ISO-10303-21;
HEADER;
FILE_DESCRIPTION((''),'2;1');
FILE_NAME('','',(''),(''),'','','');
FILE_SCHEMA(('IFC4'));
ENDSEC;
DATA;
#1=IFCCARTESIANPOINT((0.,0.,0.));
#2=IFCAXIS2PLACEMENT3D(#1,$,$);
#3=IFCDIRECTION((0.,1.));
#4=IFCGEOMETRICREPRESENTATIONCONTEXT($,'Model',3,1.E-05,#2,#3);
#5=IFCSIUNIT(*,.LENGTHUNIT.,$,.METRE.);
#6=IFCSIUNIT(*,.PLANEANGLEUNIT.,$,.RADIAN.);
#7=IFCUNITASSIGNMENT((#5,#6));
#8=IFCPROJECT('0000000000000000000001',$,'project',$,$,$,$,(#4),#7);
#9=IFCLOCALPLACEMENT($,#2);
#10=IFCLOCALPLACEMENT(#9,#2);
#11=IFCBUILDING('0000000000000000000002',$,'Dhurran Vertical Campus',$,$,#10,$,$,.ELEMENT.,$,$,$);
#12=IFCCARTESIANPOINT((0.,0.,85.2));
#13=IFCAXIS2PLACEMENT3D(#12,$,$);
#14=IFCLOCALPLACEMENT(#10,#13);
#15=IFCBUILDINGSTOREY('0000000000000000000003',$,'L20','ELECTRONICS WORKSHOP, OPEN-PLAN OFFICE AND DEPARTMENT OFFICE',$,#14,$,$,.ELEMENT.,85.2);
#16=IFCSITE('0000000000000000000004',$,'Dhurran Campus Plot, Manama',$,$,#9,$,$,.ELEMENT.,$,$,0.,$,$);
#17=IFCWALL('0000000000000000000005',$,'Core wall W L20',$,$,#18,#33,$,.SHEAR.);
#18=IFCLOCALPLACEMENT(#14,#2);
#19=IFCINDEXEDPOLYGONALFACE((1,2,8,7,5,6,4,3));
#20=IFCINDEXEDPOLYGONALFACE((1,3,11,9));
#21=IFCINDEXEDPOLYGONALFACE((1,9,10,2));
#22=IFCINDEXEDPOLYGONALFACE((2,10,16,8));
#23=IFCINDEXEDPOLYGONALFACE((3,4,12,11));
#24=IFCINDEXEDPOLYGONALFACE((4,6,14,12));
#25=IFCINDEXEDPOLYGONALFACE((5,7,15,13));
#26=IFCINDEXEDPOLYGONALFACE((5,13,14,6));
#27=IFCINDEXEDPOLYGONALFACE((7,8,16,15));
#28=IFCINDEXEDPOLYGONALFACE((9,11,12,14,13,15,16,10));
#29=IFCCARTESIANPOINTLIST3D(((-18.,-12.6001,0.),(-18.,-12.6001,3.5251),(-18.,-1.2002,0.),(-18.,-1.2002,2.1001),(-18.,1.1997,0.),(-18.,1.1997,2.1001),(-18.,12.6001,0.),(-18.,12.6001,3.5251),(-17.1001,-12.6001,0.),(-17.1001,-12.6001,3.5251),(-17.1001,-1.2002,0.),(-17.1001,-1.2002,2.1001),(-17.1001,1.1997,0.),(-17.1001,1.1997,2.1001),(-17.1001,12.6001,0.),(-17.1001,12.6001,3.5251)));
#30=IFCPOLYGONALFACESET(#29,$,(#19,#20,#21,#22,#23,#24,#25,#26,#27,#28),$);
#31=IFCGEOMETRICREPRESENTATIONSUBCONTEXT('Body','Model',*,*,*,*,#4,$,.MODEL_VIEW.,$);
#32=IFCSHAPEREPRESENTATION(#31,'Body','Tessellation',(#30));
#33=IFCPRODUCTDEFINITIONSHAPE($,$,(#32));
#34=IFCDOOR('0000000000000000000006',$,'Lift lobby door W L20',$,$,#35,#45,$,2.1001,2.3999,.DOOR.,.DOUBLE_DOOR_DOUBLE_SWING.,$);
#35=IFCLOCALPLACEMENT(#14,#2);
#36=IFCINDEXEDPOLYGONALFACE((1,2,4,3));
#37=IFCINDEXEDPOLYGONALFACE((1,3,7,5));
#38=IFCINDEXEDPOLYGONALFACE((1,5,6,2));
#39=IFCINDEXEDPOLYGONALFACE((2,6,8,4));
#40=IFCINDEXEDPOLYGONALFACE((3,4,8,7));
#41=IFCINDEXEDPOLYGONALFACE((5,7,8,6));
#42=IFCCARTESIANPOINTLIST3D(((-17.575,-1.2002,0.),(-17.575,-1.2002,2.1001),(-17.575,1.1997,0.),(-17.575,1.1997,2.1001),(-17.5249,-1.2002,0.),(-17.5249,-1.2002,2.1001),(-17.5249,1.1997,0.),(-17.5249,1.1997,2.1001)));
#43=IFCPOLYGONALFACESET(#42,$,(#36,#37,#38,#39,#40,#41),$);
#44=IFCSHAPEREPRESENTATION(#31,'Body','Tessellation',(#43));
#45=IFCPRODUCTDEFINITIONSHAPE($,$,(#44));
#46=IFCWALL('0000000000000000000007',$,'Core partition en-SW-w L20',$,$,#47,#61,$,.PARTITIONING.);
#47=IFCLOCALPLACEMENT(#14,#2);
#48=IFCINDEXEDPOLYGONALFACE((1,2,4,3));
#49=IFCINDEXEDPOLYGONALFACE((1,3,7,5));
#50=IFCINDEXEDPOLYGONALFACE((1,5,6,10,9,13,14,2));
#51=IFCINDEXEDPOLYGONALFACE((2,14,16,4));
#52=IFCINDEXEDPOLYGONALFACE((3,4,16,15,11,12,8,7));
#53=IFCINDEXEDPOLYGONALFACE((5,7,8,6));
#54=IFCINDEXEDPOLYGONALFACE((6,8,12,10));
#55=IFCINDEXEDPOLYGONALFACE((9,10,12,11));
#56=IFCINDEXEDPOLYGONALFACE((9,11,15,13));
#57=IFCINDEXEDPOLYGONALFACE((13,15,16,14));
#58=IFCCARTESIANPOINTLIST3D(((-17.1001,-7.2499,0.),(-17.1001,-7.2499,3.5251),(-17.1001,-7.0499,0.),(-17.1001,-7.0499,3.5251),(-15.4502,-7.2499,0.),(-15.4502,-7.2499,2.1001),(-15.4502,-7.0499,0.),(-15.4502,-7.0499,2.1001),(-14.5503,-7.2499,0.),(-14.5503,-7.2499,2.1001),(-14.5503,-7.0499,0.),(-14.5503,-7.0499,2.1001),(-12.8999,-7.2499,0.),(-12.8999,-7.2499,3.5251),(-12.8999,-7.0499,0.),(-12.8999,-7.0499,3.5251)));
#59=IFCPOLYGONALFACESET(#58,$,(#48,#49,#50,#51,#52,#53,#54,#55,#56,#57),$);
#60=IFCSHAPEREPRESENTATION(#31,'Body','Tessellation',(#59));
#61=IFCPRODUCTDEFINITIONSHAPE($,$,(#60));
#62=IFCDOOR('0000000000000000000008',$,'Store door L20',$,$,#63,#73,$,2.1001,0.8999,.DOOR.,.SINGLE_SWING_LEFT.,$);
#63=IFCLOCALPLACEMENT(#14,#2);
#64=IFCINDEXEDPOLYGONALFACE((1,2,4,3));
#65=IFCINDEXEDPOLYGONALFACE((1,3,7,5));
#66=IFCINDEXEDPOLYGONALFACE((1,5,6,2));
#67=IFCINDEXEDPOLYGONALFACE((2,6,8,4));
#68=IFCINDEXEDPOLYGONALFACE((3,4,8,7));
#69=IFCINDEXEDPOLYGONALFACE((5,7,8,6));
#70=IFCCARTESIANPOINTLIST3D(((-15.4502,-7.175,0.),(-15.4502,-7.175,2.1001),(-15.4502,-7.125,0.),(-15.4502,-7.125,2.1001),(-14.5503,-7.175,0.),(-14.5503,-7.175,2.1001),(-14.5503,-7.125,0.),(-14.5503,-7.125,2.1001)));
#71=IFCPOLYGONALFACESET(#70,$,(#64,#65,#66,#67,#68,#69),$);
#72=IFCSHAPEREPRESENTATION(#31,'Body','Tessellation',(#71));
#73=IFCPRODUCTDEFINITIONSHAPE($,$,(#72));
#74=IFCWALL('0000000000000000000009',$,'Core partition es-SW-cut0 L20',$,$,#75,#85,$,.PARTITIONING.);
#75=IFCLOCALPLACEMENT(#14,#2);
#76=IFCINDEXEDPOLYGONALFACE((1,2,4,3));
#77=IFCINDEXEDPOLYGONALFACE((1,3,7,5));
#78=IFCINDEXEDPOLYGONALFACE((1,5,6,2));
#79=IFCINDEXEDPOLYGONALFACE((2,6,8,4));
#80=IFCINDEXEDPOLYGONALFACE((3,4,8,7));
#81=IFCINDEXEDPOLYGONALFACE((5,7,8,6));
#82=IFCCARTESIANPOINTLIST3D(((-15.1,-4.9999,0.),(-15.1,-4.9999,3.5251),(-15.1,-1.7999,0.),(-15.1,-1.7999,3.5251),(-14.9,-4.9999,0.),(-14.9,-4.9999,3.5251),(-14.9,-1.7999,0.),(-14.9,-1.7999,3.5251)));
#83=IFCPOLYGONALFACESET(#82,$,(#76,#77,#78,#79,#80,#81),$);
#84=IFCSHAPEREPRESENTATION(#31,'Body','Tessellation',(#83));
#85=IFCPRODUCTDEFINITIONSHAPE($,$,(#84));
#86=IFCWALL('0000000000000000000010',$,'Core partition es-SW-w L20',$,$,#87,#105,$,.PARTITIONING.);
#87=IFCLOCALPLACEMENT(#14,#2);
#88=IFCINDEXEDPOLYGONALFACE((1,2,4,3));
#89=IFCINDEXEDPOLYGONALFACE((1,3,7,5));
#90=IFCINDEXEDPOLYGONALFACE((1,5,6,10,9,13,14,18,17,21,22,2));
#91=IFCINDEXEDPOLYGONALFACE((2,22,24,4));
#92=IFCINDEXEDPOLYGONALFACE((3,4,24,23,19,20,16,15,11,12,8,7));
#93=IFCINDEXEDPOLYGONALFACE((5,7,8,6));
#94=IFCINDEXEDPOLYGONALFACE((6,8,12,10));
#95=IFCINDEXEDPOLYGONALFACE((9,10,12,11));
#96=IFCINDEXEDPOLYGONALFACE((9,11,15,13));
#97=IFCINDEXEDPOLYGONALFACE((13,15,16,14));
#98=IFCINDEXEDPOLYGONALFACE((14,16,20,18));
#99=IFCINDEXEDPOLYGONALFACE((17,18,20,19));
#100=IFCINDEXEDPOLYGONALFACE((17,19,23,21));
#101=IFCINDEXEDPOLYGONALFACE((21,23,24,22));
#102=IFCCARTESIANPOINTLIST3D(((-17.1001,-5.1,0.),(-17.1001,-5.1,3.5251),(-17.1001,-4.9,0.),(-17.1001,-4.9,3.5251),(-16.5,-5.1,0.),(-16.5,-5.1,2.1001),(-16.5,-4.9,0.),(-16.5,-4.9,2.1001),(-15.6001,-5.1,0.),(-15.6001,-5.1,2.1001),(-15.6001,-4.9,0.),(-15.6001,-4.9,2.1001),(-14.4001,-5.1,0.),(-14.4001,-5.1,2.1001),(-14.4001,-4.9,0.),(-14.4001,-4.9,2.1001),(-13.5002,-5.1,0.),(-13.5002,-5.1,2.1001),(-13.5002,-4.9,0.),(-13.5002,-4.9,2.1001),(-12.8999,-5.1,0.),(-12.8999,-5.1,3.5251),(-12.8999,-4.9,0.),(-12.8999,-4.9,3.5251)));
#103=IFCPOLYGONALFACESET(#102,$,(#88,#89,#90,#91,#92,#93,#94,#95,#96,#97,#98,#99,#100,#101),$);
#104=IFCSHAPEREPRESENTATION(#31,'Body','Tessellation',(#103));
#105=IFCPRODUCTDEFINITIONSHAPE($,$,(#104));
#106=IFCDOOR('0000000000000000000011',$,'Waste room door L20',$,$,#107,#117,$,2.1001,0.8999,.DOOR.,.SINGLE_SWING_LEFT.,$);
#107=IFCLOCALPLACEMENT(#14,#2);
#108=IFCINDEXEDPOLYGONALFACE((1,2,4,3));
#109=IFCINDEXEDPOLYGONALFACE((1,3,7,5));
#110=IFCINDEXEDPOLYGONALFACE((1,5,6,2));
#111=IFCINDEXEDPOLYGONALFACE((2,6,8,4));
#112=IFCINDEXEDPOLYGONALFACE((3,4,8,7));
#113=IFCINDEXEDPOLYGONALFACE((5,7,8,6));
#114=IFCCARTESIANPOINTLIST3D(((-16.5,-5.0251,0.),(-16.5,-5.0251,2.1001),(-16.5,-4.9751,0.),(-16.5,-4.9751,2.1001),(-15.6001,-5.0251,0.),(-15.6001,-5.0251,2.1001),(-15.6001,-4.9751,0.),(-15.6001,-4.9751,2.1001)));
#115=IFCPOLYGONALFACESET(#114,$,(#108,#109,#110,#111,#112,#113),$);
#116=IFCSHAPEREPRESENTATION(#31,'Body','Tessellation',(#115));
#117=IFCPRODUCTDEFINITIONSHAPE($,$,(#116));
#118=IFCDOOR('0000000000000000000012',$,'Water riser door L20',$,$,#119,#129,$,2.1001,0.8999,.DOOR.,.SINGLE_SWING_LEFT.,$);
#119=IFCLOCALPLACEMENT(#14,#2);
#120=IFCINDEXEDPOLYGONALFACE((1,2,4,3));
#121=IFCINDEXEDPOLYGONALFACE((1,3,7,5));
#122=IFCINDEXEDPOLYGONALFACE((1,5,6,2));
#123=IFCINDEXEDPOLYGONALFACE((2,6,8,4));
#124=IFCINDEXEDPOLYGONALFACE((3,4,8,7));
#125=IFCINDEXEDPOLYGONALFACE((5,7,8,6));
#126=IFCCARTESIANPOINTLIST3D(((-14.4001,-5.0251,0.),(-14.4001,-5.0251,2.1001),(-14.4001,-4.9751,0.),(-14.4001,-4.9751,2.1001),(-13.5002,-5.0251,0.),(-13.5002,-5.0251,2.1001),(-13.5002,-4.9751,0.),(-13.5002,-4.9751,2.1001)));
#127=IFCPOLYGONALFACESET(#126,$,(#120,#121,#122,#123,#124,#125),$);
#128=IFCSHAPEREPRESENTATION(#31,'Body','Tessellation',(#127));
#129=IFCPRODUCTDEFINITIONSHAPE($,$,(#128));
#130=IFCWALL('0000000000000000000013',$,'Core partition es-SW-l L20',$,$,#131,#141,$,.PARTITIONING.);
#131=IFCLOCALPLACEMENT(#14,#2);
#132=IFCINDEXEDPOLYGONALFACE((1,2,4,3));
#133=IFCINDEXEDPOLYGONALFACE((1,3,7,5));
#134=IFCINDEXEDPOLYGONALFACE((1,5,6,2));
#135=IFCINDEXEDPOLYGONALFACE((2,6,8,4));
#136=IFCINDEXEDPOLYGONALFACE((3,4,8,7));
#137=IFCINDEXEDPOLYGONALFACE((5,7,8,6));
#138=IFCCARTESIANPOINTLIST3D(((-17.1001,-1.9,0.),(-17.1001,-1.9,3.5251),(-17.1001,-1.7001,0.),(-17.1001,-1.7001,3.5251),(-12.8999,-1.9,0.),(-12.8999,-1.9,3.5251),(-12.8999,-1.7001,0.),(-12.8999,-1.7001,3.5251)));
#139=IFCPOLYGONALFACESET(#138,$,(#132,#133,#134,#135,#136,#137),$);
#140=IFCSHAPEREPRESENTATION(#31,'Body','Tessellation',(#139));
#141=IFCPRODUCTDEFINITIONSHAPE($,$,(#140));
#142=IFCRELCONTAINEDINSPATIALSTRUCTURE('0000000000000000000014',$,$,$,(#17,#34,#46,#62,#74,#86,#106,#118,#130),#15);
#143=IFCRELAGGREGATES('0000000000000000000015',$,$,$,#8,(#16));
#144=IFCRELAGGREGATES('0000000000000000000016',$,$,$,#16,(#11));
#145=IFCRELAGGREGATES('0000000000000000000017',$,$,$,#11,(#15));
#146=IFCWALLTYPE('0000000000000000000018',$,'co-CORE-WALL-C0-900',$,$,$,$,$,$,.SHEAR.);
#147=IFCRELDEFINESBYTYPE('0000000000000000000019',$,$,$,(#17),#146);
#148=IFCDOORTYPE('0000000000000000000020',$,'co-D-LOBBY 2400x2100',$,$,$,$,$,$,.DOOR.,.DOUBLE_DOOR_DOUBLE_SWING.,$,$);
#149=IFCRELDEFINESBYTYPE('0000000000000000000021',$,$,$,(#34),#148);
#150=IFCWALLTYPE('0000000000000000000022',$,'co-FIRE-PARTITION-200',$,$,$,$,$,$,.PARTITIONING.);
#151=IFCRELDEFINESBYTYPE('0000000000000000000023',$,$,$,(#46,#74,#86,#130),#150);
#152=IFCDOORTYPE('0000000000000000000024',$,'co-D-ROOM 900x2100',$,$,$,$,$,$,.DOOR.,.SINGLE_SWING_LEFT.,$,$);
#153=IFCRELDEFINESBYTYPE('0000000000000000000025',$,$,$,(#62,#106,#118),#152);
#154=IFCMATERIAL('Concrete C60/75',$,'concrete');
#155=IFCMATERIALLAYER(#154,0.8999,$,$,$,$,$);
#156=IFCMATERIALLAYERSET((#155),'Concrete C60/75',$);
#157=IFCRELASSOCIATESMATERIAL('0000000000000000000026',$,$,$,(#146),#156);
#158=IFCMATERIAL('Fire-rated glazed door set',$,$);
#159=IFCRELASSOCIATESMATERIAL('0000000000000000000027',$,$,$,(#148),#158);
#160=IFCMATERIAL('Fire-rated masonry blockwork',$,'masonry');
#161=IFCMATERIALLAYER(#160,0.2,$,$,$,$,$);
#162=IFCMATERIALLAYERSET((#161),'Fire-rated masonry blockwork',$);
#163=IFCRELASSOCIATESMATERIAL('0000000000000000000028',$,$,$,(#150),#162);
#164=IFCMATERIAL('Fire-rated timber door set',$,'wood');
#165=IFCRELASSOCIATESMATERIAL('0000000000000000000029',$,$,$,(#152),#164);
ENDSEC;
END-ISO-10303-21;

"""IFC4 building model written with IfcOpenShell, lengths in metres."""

from ifc_helpers import new_model, si_unit, direction, frame, frame_2d, origin, place, context, subcontext, project, spatial, rectangle, extrude, material, layer, layer_set, type_object, element, fill, save


model = new_model("IFC4")

# Units and contexts
model_context = context("Model", 3, precision=1e-05, world=origin(), true_north=direction((0.0, 1.0)))
body_context = subcontext(model_context, "Body", "Model", "MODEL_VIEW")
ifc_project = project(units=[si_unit("LENGTHUNIT", "METRE"), si_unit("PLANEANGLEUNIT", "RADIAN")], contexts=[model_context])

# Site, building, storey
site_placement = place(None, origin())
site = spatial("IfcSite", under=ifc_project, at=site_placement, Name="Dhurran Campus Plot, Manama", CompositionType="ELEMENT", RefElevation=0.0)
building_placement = place(site_placement, origin())
building = spatial("IfcBuilding", under=site, at=building_placement, Name="Dhurran Vertical Campus", CompositionType="ELEMENT")
storey_placement = place(building_placement, frame((0.0, 0.0, 85.2)))
storey = spatial("IfcBuildingStorey", under=building, at=storey_placement, Name="L20", Description="ELECTRONICS WORKSHOP, OPEN-PLAN OFFICE AND DEPARTMENT OFFICE", CompositionType="ELEMENT", Elevation=85.2)

# Walls, openings, doors
ifc_material_1 = material(Name="Concrete C60/75", Category="concrete")
ifc_layer_1 = layer(ifc_material_1, 0.8999)
ifc_layer_set_1 = layer_set([ifc_layer_1], Name="Concrete C60/75")
wall_type_1 = type_object("IfcWallType", Name="co-CORE-WALL-C0-900", PredefinedType="SHEAR", material=ifc_layer_set_1)
wall_1_placement = place(storey_placement, frame((-17.55, -12.6001, 0.0), z_axis=(0.0, 0.0, 1.0), x_axis=(0.0, 1.0, 0.0)))
wall_1 = element("IfcWall", 1, at=wall_1_placement, inside=storey, type_object=wall_type_1, Name="Core wall W L20", PredefinedType="SHEAR", context=body_context, shape_type="SweptSolid", body=[
    extrude(rectangle(XDim=25.2002, YDim=0.8999, at=frame_2d((12.6001, 0.0))), origin(), (0.0, 0.0, 1.0), 3.5251),
])
opening_1_placement = place(wall_1_placement, frame((11.3999, 0.0, 0.0)))
opening_1 = element("IfcOpeningElement", 2, at=opening_1_placement, cuts=wall_1, PredefinedType="OPENING", context=body_context, shape_type="SweptSolid", body=[
    extrude(rectangle(XDim=2.3999, YDim=2.1001, at=frame_2d((1.2, 1.05))), frame((0.0, 0.46, 0.0), z_axis=(0.0, -1.0, 0.0), x_axis=(1.0, 0.0, 0.0)), (0.0, 0.0, 1.0), 0.9199),
])
ifc_material_2 = material(Name="Fire-rated glazed door set")
door_type_1 = type_object("IfcDoorType", Name="co-D-LOBBY 2400x2100", OperationType="DOUBLE_DOOR_DOUBLE_SWING", PredefinedType="DOOR", material=ifc_material_2)
door_1_placement = place(opening_1_placement, origin())
door_1 = element("IfcDoor", 3, at=door_1_placement, inside=storey, type_object=door_type_1, Name="Lift lobby door W L20", OperationType="DOUBLE_DOOR_DOUBLE_SWING", OverallHeight=2.1001, OverallWidth=2.3999, PredefinedType="DOOR", context=body_context, shape_type="SweptSolid", body=[
    extrude(rectangle(XDim=2.3999, YDim=2.1001, at=frame_2d((1.2, 1.05))), frame((0.0, 0.0249, 0.0), z_axis=(0.0, -1.0, 0.0), x_axis=(1.0, 0.0, 0.0)), (0.0, 0.0, 1.0), 0.05),
])
fill(opening_1, door_1)
ifc_material_3 = material(Name="Fire-rated masonry blockwork", Category="masonry")
ifc_layer_2 = layer(ifc_material_3, 0.2)
ifc_layer_set_2 = layer_set([ifc_layer_2], Name="Fire-rated masonry blockwork")
wall_type_2 = type_object("IfcWallType", Name="co-FIRE-PARTITION-200", PredefinedType="PARTITIONING", material=ifc_layer_set_2)
wall_2_placement = place(storey_placement, frame((-17.1001, -7.1499, 0.0), z_axis=(0.0, 0.0, 1.0), x_axis=(1.0, 0.0, 0.0)))
wall_2 = element("IfcWall", 4, at=wall_2_placement, inside=storey, type_object=wall_type_2, Name="Core partition en-SW-w L20", PredefinedType="PARTITIONING", context=body_context, shape_type="SweptSolid", body=[
    extrude(rectangle(XDim=4.2002, YDim=0.2, at=frame_2d((2.1001, 0.0))), origin(), (0.0, 0.0, 1.0), 3.5251),
])
opening_2_placement = place(wall_2_placement, frame((1.6499, 0.0, 0.0)))
opening_2 = element("IfcOpeningElement", 5, at=opening_2_placement, cuts=wall_2, PredefinedType="OPENING", context=body_context, shape_type="SweptSolid", body=[
    extrude(rectangle(XDim=0.8999, YDim=2.1001, at=frame_2d((0.45, 1.05))), frame((0.0, 0.1099, 0.0), z_axis=(0.0, -1.0, 0.0), x_axis=(1.0, 0.0, 0.0)), (0.0, 0.0, 1.0), 0.22),
])
ifc_material_4 = material(Name="Fire-rated timber door set", Category="wood")
door_type_2 = type_object("IfcDoorType", Name="co-D-ROOM 900x2100", OperationType="SINGLE_SWING_LEFT", PredefinedType="DOOR", material=ifc_material_4)
door_2_placement = place(opening_2_placement, origin())
door_2 = element("IfcDoor", 6, at=door_2_placement, inside=storey, type_object=door_type_2, Name="Store door L20", OperationType="SINGLE_SWING_LEFT", OverallHeight=2.1001, OverallWidth=0.8999, PredefinedType="DOOR", context=body_context, shape_type="SweptSolid", body=[
    extrude(rectangle(XDim=0.8999, YDim=2.1001, at=frame_2d((0.45, 1.05))), frame((0.0, 0.0249, 0.0), z_axis=(0.0, -1.0, 0.0), x_axis=(1.0, 0.0, 0.0)), (0.0, 0.0, 1.0), 0.05),
])
fill(opening_2, door_2)

# Wall
wall_3_placement = place(storey_placement, frame((-15.0, -5.0, 0.0), z_axis=(0.0, 0.0, 1.0), x_axis=(0.0, 1.0, 0.0)))
element("IfcWall", 7, at=wall_3_placement, inside=storey, type_object=wall_type_2, Name="Core partition es-SW-cut0 L20", PredefinedType="PARTITIONING", context=body_context, shape_type="SweptSolid", body=[
    extrude(rectangle(XDim=3.2, YDim=0.2, at=frame_2d((1.6001, 0.0))), origin(), (0.0, 0.0, 1.0), 3.5251),
])

# Wall, openings, doors
wall_4_placement = place(storey_placement, frame((-17.1001, -5.0, 0.0), z_axis=(0.0, 0.0, 1.0), x_axis=(1.0, 0.0, 0.0)))
wall_4 = element("IfcWall", 8, at=wall_4_placement, inside=storey, type_object=wall_type_2, Name="Core partition es-SW-w L20", PredefinedType="PARTITIONING", context=body_context, shape_type="SweptSolid", body=[
    extrude(rectangle(XDim=4.2002, YDim=0.2, at=frame_2d((2.1001, 0.0))), origin(), (0.0, 0.0, 1.0), 3.5251),
])
opening_3_placement = place(wall_4_placement, frame((0.6001, 0.0, 0.0)))
opening_3 = element("IfcOpeningElement", 9, at=opening_3_placement, cuts=wall_4, PredefinedType="OPENING", context=body_context, shape_type="SweptSolid", body=[
    extrude(rectangle(XDim=0.8999, YDim=2.1001, at=frame_2d((0.45, 1.05))), frame((0.0, 0.1099, 0.0), z_axis=(0.0, -1.0, 0.0), x_axis=(1.0, 0.0, 0.0)), (0.0, 0.0, 1.0), 0.22),
])
opening_4_placement = place(wall_4_placement, frame((2.7, 0.0, 0.0)))
opening_4 = element("IfcOpeningElement", 10, at=opening_4_placement, cuts=wall_4, PredefinedType="OPENING", context=body_context, shape_type="SweptSolid", body=[
    extrude(rectangle(XDim=0.8999, YDim=2.1001, at=frame_2d((0.45, 1.05))), frame((0.0, 0.1099, 0.0), z_axis=(0.0, -1.0, 0.0), x_axis=(1.0, 0.0, 0.0)), (0.0, 0.0, 1.0), 0.22),
])
door_3_placement = place(opening_3_placement, origin())
door_3 = element("IfcDoor", 11, at=door_3_placement, inside=storey, type_object=door_type_2, Name="Waste room door L20", OperationType="SINGLE_SWING_LEFT", OverallHeight=2.1001, OverallWidth=0.8999, PredefinedType="DOOR", context=body_context, shape_type="SweptSolid", body=[
    extrude(rectangle(XDim=0.8999, YDim=2.1001, at=frame_2d((0.45, 1.05))), frame((0.0, 0.0249, 0.0), z_axis=(0.0, -1.0, 0.0), x_axis=(1.0, 0.0, 0.0)), (0.0, 0.0, 1.0), 0.05),
])
fill(opening_3, door_3)
door_4_placement = place(opening_4_placement, origin())
door_4 = element("IfcDoor", 12, at=door_4_placement, inside=storey, type_object=door_type_2, Name="Water riser door L20", OperationType="SINGLE_SWING_LEFT", OverallHeight=2.1001, OverallWidth=0.8999, PredefinedType="DOOR", context=body_context, shape_type="SweptSolid", body=[
    extrude(rectangle(XDim=0.8999, YDim=2.1001, at=frame_2d((0.45, 1.05))), frame((0.0, 0.0249, 0.0), z_axis=(0.0, -1.0, 0.0), x_axis=(1.0, 0.0, 0.0)), (0.0, 0.0, 1.0), 0.05),
])
fill(opening_4, door_4)

# Wall
wall_5_placement = place(storey_placement, frame((-17.1001, -1.8, 0.0), z_axis=(0.0, 0.0, 1.0), x_axis=(1.0, 0.0, 0.0)))
element("IfcWall", 13, at=wall_5_placement, inside=storey, type_object=wall_type_2, Name="Core partition es-SW-l L20", PredefinedType="PARTITIONING", context=body_context, shape_type="SweptSolid", body=[
    extrude(rectangle(XDim=4.2002, YDim=0.2, at=frame_2d((2.1001, 0.0))), origin(), (0.0, 0.0, 1.0), 3.5251),
])

save(model, "model.ifc")
